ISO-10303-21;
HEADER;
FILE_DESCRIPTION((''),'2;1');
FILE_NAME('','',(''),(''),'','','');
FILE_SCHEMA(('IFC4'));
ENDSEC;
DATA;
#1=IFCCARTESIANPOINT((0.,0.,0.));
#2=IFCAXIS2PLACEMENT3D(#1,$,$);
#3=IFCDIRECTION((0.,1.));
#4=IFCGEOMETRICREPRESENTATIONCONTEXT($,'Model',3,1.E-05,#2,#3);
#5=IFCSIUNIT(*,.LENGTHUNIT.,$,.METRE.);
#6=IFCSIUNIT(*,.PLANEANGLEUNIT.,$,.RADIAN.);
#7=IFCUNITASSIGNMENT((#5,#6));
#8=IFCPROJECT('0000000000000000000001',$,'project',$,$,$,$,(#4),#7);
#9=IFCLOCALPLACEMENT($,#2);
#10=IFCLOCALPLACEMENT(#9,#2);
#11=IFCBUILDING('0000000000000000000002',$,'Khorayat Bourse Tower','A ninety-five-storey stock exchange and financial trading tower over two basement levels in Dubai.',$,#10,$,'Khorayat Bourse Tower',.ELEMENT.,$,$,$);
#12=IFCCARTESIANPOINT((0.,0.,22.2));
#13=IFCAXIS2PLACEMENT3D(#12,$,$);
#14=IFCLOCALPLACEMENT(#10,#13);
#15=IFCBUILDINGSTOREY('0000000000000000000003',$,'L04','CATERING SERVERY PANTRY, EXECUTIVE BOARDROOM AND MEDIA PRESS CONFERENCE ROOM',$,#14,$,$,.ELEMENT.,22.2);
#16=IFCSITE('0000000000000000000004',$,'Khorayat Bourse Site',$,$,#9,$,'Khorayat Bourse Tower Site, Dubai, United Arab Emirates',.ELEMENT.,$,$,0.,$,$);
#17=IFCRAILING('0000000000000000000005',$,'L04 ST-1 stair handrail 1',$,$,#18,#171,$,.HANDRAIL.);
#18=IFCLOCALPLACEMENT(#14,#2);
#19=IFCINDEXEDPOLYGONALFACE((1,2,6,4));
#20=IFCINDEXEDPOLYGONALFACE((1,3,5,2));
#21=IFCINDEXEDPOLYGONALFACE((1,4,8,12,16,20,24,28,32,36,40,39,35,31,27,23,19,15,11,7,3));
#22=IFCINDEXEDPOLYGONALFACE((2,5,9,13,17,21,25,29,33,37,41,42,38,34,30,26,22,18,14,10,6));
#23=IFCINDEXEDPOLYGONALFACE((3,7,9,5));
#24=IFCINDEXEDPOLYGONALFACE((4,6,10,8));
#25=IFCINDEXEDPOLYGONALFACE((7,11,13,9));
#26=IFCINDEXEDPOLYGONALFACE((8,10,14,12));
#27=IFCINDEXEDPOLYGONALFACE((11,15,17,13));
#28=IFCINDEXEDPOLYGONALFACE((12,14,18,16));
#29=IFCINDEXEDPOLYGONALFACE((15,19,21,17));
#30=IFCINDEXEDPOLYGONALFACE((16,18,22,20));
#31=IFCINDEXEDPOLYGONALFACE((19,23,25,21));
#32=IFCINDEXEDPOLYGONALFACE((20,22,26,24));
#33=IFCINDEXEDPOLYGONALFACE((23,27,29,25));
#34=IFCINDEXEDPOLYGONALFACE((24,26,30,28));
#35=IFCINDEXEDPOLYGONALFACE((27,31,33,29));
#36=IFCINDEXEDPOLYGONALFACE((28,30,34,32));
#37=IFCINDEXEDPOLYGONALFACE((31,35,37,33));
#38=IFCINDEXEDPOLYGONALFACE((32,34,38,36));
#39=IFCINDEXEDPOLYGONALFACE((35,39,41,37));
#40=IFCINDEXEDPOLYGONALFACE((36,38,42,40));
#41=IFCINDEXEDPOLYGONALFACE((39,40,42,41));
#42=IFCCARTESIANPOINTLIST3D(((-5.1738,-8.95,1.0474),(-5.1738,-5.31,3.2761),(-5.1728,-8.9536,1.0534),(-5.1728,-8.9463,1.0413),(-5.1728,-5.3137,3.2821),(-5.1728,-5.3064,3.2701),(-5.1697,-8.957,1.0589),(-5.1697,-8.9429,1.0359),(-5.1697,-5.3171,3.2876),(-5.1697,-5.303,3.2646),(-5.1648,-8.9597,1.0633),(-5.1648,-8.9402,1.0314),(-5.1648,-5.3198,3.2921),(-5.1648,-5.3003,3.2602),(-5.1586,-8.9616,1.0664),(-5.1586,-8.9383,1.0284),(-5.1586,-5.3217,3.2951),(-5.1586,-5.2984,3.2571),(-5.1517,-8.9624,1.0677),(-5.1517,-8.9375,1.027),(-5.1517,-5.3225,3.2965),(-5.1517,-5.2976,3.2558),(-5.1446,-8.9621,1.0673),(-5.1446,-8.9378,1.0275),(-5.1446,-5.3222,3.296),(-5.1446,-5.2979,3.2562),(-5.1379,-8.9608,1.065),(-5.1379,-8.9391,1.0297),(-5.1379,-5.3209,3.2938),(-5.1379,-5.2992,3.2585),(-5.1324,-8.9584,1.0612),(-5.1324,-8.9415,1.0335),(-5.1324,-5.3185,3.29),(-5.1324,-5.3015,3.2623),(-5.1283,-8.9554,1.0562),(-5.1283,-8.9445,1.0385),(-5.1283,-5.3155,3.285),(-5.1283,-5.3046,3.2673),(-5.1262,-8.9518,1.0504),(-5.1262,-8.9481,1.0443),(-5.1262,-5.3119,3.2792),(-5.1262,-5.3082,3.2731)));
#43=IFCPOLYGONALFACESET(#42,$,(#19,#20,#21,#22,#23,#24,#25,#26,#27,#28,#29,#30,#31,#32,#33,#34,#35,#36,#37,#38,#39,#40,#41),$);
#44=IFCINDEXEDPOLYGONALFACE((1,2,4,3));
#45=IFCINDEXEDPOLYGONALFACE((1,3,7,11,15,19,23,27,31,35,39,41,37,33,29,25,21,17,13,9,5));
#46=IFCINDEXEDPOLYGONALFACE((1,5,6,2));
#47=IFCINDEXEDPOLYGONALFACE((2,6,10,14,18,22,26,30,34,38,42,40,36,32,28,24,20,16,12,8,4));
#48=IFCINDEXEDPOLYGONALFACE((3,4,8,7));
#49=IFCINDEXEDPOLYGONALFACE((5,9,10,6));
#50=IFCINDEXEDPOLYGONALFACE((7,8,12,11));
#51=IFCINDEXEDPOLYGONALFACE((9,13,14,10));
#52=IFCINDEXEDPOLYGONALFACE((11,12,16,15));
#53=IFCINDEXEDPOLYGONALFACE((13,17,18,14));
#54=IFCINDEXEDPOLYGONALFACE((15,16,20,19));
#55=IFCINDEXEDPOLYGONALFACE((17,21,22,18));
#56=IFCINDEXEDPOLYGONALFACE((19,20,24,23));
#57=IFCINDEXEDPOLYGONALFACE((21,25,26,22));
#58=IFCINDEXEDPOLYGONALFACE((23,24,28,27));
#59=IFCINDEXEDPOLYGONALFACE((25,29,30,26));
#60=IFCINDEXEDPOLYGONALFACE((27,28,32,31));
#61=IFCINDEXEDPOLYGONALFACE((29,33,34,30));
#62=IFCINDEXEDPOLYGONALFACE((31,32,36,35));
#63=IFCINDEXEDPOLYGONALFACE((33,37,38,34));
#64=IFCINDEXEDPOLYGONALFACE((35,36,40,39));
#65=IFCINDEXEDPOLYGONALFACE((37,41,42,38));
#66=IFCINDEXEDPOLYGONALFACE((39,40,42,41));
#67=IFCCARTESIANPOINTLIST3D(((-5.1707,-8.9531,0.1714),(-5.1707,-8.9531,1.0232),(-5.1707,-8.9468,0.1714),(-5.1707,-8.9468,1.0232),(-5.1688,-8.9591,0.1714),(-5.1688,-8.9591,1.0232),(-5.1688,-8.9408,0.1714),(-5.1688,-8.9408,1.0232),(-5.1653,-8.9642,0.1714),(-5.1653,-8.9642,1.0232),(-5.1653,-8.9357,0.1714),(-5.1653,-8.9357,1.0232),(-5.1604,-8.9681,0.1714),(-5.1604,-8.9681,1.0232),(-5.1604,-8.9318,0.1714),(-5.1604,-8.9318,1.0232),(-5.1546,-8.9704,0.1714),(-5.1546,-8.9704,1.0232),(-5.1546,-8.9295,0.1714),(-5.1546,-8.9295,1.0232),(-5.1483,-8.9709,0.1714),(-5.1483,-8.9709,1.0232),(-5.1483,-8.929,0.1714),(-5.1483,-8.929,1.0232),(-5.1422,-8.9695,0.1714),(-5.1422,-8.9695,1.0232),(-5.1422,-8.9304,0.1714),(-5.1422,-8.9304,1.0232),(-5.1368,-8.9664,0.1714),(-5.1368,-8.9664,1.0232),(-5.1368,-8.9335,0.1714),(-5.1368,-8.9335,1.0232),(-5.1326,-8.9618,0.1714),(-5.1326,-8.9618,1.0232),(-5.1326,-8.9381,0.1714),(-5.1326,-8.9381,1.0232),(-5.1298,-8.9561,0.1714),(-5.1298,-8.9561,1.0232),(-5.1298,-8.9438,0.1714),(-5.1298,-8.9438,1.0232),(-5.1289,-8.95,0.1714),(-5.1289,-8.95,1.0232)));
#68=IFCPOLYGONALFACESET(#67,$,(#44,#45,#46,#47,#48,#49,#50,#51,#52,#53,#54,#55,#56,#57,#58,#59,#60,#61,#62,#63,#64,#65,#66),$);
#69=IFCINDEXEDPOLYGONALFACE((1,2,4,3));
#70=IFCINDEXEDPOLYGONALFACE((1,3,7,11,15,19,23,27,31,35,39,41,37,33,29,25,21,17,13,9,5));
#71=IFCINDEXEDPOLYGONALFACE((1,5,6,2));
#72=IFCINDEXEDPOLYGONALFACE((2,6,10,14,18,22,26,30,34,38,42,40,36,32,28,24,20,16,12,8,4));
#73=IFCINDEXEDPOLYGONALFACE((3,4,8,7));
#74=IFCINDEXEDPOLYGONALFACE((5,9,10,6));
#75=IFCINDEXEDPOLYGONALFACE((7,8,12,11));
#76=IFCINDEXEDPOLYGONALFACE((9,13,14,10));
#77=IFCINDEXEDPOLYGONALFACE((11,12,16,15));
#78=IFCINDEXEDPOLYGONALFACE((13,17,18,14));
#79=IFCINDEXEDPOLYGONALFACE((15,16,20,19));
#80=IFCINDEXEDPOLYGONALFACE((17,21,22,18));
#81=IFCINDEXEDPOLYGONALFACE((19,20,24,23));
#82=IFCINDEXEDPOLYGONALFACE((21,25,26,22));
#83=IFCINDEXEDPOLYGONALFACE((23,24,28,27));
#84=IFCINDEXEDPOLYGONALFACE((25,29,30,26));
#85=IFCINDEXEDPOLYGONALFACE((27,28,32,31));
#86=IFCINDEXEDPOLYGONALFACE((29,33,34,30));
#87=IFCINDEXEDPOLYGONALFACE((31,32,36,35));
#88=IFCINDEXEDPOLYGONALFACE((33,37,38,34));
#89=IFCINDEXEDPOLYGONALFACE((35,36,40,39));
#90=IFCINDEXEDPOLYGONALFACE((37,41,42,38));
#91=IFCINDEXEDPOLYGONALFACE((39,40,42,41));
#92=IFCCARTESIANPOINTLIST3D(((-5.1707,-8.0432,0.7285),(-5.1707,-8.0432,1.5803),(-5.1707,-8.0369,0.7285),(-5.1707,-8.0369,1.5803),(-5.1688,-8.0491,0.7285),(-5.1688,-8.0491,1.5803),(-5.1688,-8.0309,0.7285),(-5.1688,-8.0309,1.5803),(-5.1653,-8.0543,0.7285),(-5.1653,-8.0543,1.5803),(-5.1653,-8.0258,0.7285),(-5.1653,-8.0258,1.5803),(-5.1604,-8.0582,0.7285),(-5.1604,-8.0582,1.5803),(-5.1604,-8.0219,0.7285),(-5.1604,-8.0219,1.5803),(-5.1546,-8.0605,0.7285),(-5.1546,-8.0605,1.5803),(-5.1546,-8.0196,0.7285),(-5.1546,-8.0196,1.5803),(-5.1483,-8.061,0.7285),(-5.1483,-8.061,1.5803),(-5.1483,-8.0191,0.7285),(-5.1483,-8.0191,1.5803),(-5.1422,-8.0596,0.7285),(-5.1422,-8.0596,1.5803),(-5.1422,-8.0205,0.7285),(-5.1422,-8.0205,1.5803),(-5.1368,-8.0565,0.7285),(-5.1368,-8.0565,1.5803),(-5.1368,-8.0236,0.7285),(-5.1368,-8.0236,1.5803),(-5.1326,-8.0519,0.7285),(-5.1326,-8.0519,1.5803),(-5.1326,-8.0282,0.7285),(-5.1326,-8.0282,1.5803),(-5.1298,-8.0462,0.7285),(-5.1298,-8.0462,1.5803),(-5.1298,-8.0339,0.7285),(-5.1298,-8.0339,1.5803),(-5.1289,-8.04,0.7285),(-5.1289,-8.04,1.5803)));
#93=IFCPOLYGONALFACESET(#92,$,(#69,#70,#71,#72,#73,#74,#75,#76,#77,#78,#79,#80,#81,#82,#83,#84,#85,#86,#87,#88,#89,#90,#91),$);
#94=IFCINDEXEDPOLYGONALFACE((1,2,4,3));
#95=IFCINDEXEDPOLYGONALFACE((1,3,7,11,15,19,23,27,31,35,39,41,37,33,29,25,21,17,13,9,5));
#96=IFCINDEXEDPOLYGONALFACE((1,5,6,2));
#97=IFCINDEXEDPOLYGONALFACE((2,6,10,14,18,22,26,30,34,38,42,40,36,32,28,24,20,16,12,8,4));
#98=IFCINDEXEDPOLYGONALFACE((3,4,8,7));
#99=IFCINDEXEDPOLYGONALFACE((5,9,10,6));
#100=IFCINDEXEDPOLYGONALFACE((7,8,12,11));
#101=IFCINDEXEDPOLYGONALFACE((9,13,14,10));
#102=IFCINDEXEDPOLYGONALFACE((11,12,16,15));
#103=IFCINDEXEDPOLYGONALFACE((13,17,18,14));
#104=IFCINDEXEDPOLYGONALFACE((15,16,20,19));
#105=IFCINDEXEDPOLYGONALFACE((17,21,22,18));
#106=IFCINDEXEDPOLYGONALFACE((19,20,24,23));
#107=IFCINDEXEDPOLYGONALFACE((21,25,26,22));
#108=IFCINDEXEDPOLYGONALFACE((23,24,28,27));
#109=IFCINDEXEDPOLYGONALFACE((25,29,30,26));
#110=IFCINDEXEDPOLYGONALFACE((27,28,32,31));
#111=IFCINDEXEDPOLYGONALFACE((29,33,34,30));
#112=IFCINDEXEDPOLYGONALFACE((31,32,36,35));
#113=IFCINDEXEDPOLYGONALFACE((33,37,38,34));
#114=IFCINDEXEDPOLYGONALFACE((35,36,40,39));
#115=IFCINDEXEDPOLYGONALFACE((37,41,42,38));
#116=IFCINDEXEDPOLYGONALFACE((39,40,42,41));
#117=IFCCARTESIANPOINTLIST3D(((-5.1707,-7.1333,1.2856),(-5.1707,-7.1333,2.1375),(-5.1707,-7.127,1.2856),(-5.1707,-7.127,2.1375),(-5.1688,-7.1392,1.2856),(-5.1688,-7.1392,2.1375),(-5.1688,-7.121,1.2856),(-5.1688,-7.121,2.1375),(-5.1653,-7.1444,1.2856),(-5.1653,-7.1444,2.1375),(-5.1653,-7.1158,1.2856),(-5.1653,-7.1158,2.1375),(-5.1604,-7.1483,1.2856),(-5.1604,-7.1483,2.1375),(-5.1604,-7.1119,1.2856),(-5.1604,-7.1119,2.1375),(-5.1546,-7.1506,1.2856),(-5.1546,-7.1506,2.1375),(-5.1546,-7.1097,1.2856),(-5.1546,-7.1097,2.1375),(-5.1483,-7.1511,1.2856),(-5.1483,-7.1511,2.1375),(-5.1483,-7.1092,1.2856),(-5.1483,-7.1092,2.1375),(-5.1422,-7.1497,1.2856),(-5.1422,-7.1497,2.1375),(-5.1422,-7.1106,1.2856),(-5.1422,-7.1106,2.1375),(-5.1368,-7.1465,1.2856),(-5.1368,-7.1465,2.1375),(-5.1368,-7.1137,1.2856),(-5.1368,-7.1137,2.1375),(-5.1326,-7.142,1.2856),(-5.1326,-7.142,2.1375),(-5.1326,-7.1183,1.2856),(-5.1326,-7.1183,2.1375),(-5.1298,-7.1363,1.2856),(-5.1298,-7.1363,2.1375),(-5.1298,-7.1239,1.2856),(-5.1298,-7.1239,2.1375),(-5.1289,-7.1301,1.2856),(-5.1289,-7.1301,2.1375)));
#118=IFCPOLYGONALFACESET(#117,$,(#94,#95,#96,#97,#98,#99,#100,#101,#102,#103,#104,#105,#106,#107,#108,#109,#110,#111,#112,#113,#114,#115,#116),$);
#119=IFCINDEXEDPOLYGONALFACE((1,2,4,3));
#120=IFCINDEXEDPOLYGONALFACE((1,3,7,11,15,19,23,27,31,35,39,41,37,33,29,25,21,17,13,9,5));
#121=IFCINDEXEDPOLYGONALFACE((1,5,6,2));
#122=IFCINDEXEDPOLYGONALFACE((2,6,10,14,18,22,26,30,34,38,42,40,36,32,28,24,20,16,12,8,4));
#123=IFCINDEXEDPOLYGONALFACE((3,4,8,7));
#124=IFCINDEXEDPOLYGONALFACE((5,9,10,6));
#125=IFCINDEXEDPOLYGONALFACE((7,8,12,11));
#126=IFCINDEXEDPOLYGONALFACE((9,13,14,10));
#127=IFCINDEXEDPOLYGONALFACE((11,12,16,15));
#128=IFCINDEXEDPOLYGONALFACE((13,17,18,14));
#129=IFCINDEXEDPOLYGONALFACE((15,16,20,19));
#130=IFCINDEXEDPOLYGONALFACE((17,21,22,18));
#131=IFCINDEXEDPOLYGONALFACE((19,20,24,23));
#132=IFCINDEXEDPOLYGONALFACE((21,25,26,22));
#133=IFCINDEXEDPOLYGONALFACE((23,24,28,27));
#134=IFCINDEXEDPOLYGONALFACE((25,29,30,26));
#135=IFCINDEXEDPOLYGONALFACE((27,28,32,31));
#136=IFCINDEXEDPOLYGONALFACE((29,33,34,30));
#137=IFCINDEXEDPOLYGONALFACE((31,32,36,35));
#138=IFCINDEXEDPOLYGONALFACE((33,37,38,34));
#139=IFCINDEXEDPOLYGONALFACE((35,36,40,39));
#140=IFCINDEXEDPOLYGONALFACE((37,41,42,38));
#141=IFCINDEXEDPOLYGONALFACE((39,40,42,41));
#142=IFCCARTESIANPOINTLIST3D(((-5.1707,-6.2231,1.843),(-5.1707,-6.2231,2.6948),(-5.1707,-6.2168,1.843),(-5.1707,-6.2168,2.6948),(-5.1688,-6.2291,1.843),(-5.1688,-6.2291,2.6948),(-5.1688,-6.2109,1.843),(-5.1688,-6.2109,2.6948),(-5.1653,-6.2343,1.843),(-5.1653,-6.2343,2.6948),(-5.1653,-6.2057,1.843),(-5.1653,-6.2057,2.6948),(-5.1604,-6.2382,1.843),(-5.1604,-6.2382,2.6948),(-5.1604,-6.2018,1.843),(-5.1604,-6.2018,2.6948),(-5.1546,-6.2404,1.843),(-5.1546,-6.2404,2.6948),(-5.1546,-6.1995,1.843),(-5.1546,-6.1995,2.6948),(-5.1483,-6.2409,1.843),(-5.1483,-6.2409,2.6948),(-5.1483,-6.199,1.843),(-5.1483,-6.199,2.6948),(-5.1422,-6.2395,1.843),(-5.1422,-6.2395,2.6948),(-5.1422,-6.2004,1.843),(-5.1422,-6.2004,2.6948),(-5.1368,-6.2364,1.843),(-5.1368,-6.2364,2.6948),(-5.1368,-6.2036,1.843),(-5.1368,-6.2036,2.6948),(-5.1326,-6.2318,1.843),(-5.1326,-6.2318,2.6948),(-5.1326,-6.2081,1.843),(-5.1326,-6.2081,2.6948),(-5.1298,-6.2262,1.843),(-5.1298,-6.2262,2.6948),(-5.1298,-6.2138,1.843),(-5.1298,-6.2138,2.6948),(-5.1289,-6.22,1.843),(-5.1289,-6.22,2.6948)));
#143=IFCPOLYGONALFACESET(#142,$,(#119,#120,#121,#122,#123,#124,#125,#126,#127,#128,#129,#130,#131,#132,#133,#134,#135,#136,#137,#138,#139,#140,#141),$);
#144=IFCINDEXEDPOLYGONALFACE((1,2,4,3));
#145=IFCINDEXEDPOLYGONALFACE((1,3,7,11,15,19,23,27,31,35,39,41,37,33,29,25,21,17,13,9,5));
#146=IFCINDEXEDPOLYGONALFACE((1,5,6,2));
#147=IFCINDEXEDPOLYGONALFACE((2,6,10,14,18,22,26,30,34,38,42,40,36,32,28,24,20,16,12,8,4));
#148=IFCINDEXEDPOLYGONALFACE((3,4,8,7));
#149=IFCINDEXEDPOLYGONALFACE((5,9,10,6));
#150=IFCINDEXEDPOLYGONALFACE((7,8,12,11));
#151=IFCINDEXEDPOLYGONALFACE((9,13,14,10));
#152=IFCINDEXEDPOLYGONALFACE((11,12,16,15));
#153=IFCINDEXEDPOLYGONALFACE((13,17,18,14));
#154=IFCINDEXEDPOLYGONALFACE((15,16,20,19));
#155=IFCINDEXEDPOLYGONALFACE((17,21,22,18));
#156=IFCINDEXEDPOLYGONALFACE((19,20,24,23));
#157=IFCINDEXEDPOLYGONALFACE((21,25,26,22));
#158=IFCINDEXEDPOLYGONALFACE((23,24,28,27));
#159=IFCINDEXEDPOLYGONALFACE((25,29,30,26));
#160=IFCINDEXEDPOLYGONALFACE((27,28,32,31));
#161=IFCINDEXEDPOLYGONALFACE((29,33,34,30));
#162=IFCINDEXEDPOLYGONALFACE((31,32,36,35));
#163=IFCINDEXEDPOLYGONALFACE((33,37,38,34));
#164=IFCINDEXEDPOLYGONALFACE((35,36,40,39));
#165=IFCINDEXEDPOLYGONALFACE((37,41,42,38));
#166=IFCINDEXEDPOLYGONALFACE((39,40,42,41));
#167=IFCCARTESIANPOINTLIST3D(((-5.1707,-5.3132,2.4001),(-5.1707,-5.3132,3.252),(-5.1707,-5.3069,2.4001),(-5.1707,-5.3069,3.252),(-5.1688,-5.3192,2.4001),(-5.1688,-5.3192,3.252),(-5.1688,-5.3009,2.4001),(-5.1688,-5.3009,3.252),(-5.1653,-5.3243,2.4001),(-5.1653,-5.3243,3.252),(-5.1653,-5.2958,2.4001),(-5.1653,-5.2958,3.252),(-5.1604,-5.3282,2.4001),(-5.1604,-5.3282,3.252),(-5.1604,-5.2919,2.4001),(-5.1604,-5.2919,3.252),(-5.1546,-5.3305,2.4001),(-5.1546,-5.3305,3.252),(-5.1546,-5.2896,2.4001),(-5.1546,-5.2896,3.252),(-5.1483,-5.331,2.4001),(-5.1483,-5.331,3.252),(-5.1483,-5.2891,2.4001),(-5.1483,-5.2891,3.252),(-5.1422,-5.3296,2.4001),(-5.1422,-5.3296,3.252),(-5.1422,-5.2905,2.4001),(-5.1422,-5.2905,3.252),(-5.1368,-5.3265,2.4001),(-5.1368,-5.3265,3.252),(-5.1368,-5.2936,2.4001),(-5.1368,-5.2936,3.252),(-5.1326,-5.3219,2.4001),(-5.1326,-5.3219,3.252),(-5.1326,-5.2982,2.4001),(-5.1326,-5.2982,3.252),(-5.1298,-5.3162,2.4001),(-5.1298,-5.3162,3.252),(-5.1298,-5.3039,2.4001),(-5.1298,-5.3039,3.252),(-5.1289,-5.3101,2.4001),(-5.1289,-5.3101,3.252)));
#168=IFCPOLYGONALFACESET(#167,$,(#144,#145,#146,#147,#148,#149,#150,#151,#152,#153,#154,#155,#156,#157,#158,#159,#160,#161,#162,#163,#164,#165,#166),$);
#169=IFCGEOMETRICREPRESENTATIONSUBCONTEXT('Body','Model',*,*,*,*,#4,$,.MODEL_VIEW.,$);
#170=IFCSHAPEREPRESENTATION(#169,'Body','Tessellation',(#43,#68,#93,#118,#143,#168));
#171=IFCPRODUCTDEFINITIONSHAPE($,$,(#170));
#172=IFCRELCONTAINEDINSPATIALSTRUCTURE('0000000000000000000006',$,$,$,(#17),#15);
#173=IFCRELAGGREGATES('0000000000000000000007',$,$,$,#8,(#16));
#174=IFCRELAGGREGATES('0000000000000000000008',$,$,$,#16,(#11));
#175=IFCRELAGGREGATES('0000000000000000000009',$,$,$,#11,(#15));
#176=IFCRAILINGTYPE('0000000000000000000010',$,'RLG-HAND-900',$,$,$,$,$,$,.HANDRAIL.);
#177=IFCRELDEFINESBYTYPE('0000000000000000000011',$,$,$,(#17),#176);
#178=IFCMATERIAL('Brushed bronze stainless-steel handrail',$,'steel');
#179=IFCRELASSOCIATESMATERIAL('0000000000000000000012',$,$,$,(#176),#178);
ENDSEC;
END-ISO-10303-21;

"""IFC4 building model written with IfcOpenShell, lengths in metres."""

from ifc_helpers import new_model, si_unit, direction, frame, origin, origin_2d, place, context, subcontext, project, spatial, circle, extrude, source, transform, mapped, material, type_object, element, save


model = new_model("IFC4")

# Units and contexts
model_context = context("Model", 3, precision=1e-05, world=origin(), true_north=direction((0.0, 1.0)))
body_context = subcontext(model_context, "Body", "Model", "MODEL_VIEW")
ifc_project = project(units=[si_unit("LENGTHUNIT", "METRE"), si_unit("PLANEANGLEUNIT", "RADIAN")], contexts=[model_context])

# Site, building, storey
site_placement = place(None, origin())
site = spatial("IfcSite", under=ifc_project, at=site_placement, Name="Khorayat Bourse Site", LongName="Khorayat Bourse Tower Site, Dubai, United Arab Emirates", CompositionType="ELEMENT", RefElevation=0.0)
building_placement = place(site_placement, origin())
building = spatial("IfcBuilding", under=site, at=building_placement, Name="Khorayat Bourse Tower", Description="A ninety-five-storey stock exchange and financial trading tower over two basement levels in Dubai.", LongName="Khorayat Bourse Tower", CompositionType="ELEMENT")
storey_placement = place(building_placement, frame((0.0, 0.0, 22.2)))
storey = spatial("IfcBuildingStorey", under=building, at=storey_placement, Name="L04", Description="CATERING SERVERY PANTRY, EXECUTIVE BOARDROOM AND MEDIA PRESS CONFERENCE ROOM", CompositionType="ELEMENT", Elevation=22.2)

# Railing
ifc_material_1 = material(Name="Brushed bronze stainless-steel handrail", Category="steel")
railing_type_1 = type_object("IfcRailingType", Name="RLG-HAND-900", PredefinedType="HANDRAIL", material=ifc_material_1)
shared_shape_1 = source(origin(), body_context, "Body", "SweptSolid", [
    extrude(circle(Radius=0.0239, at=origin_2d()), frame((0.0, 0.0, 0.876), z_axis=(0.0, 0.852825, 0.522197), x_axis=(-1.0, 0.0, 0.0)), (0.0, 0.0, 1.0), 4.2681),
    extrude(circle(Radius=0.021, at=origin_2d()), origin(), (0.0, 0.0, 1.0), 0.8518),
    extrude(circle(Radius=0.021, at=origin_2d()), frame((0.0, 0.9099, 0.5571)), (0.0, 0.0, 1.0), 0.8518),
    extrude(circle(Radius=0.021, at=origin_2d()), frame((0.0, 1.8198, 1.1143)), (0.0, 0.0, 1.0), 0.8518),
    extrude(circle(Radius=0.021, at=origin_2d()), frame((0.0, 2.73, 1.6716)), (0.0, 0.0, 1.0), 0.8518),
    extrude(circle(Radius=0.021, at=origin_2d()), frame((0.0, 3.6399, 2.2288)), (0.0, 0.0, 1.0), 0.8518),
])
railing_1_placement = place(storey_placement, frame((-5.1499, -8.95, 0.1714)))
element("IfcRailing", 1, at=railing_1_placement, inside=storey, type_object=railing_type_1, Name="L04 ST-1 stair handrail 1", PredefinedType="HANDRAIL", context=body_context, shape_type="MappedRepresentation", body=[
    mapped(shared_shape_1, transform((0.0, 0.0, 0.0), scale=1.0)),
])

save(model, "model.ifc")
